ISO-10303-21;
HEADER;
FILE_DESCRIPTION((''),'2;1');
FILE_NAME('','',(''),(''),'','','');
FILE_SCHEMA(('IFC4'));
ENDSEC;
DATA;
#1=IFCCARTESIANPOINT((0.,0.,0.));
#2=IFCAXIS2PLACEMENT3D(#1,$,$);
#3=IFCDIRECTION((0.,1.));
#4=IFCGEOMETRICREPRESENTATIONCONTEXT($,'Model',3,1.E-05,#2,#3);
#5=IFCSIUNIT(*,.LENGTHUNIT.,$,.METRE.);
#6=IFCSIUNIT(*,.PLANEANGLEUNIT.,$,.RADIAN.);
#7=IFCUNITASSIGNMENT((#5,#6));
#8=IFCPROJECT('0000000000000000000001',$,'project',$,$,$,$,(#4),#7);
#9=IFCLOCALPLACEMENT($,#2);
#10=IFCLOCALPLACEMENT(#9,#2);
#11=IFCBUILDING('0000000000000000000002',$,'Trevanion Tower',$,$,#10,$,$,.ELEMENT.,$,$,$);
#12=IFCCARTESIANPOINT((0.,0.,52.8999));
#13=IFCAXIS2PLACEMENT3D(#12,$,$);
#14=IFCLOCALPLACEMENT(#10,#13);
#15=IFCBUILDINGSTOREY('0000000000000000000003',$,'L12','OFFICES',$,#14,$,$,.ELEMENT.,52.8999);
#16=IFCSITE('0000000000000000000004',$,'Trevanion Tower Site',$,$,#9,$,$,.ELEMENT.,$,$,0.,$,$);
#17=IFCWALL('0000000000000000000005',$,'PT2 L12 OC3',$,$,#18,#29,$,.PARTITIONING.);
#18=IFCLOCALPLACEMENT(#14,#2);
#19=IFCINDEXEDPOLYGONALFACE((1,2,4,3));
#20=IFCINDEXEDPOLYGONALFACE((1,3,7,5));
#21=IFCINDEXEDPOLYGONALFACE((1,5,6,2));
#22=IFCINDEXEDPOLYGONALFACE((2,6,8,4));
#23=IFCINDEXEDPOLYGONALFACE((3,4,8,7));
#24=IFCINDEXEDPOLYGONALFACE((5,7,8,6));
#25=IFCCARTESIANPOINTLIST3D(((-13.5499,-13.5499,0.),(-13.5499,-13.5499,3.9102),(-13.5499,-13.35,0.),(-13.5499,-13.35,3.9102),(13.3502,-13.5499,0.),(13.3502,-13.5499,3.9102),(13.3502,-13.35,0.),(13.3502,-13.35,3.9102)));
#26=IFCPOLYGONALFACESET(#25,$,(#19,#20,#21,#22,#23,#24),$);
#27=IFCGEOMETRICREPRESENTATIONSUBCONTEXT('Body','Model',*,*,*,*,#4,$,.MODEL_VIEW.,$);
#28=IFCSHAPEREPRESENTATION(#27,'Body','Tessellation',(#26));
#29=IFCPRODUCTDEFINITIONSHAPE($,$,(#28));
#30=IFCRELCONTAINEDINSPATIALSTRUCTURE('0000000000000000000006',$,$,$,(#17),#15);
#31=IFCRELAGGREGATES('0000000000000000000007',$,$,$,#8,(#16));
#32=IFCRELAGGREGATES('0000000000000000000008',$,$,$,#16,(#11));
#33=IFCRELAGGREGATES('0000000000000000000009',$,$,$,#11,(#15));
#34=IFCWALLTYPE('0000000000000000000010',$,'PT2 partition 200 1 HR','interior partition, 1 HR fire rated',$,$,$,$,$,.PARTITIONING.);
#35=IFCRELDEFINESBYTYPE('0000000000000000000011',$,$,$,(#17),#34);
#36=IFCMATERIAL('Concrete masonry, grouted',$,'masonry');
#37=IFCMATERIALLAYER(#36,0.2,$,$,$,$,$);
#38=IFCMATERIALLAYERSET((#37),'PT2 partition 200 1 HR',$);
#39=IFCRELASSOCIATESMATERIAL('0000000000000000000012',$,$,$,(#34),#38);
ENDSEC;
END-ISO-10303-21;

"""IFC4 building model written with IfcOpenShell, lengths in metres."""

from ifc_helpers import new_model, si_unit, direction, frame, frame_2d, origin, place, context, subcontext, project, spatial, rectangle, extrude, material, layer, layer_set, type_object, element, save


model = new_model("IFC4")

# Units and contexts
model_context = context("Model", 3, precision=1e-05, world=origin(), true_north=direction((0.0, 1.0)))
body_context = subcontext(model_context, "Body", "Model", "MODEL_VIEW")
ifc_project = project(units=[si_unit("LENGTHUNIT", "METRE"), si_unit("PLANEANGLEUNIT", "RADIAN")], contexts=[model_context])

# Site, building, storey
site_placement = place(None, origin())
site = spatial("IfcSite", under=ifc_project, at=site_placement, Name="Trevanion Tower Site", CompositionType="ELEMENT", RefElevation=0.0)
building_placement = place(site_placement, origin())
building = spatial("IfcBuilding", under=site, at=building_placement, Name="Trevanion Tower", CompositionType="ELEMENT")
storey_placement = place(building_placement, frame((0.0, 0.0, 52.8999)))
storey = spatial("IfcBuildingStorey", under=building, at=storey_placement, Name="L12", Description="OFFICES", CompositionType="ELEMENT", Elevation=52.8999)

# Wall
ifc_material_1 = material(Name="Concrete masonry, grouted", Category="masonry")
ifc_layer_1 = layer(ifc_material_1, 0.2)
ifc_layer_set_1 = layer_set([ifc_layer_1], Name="PT2 partition 200 1 HR")
wall_type_1 = type_object("IfcWallType", Name="PT2 partition 200 1 HR", Description="interior partition, 1 HR fire rated", PredefinedType="PARTITIONING", material=ifc_layer_set_1)
wall_1_placement = place(storey_placement, frame((-13.55, -13.45, 0.0), z_axis=(0.0, 0.0, 1.0), x_axis=(1.0, 0.0, 0.0)))
element("IfcWall", 1, at=wall_1_placement, inside=storey, type_object=wall_type_1, Name="PT2 L12 OC3", PredefinedType="PARTITIONING", context=body_context, shape_type="SweptSolid", body=[
    extrude(rectangle(XDim=26.9001, YDim=0.2, at=frame_2d((13.4502, 0.0))), origin(), (0.0, 0.0, 1.0), 3.9102),
])

save(model, "model.ifc")
